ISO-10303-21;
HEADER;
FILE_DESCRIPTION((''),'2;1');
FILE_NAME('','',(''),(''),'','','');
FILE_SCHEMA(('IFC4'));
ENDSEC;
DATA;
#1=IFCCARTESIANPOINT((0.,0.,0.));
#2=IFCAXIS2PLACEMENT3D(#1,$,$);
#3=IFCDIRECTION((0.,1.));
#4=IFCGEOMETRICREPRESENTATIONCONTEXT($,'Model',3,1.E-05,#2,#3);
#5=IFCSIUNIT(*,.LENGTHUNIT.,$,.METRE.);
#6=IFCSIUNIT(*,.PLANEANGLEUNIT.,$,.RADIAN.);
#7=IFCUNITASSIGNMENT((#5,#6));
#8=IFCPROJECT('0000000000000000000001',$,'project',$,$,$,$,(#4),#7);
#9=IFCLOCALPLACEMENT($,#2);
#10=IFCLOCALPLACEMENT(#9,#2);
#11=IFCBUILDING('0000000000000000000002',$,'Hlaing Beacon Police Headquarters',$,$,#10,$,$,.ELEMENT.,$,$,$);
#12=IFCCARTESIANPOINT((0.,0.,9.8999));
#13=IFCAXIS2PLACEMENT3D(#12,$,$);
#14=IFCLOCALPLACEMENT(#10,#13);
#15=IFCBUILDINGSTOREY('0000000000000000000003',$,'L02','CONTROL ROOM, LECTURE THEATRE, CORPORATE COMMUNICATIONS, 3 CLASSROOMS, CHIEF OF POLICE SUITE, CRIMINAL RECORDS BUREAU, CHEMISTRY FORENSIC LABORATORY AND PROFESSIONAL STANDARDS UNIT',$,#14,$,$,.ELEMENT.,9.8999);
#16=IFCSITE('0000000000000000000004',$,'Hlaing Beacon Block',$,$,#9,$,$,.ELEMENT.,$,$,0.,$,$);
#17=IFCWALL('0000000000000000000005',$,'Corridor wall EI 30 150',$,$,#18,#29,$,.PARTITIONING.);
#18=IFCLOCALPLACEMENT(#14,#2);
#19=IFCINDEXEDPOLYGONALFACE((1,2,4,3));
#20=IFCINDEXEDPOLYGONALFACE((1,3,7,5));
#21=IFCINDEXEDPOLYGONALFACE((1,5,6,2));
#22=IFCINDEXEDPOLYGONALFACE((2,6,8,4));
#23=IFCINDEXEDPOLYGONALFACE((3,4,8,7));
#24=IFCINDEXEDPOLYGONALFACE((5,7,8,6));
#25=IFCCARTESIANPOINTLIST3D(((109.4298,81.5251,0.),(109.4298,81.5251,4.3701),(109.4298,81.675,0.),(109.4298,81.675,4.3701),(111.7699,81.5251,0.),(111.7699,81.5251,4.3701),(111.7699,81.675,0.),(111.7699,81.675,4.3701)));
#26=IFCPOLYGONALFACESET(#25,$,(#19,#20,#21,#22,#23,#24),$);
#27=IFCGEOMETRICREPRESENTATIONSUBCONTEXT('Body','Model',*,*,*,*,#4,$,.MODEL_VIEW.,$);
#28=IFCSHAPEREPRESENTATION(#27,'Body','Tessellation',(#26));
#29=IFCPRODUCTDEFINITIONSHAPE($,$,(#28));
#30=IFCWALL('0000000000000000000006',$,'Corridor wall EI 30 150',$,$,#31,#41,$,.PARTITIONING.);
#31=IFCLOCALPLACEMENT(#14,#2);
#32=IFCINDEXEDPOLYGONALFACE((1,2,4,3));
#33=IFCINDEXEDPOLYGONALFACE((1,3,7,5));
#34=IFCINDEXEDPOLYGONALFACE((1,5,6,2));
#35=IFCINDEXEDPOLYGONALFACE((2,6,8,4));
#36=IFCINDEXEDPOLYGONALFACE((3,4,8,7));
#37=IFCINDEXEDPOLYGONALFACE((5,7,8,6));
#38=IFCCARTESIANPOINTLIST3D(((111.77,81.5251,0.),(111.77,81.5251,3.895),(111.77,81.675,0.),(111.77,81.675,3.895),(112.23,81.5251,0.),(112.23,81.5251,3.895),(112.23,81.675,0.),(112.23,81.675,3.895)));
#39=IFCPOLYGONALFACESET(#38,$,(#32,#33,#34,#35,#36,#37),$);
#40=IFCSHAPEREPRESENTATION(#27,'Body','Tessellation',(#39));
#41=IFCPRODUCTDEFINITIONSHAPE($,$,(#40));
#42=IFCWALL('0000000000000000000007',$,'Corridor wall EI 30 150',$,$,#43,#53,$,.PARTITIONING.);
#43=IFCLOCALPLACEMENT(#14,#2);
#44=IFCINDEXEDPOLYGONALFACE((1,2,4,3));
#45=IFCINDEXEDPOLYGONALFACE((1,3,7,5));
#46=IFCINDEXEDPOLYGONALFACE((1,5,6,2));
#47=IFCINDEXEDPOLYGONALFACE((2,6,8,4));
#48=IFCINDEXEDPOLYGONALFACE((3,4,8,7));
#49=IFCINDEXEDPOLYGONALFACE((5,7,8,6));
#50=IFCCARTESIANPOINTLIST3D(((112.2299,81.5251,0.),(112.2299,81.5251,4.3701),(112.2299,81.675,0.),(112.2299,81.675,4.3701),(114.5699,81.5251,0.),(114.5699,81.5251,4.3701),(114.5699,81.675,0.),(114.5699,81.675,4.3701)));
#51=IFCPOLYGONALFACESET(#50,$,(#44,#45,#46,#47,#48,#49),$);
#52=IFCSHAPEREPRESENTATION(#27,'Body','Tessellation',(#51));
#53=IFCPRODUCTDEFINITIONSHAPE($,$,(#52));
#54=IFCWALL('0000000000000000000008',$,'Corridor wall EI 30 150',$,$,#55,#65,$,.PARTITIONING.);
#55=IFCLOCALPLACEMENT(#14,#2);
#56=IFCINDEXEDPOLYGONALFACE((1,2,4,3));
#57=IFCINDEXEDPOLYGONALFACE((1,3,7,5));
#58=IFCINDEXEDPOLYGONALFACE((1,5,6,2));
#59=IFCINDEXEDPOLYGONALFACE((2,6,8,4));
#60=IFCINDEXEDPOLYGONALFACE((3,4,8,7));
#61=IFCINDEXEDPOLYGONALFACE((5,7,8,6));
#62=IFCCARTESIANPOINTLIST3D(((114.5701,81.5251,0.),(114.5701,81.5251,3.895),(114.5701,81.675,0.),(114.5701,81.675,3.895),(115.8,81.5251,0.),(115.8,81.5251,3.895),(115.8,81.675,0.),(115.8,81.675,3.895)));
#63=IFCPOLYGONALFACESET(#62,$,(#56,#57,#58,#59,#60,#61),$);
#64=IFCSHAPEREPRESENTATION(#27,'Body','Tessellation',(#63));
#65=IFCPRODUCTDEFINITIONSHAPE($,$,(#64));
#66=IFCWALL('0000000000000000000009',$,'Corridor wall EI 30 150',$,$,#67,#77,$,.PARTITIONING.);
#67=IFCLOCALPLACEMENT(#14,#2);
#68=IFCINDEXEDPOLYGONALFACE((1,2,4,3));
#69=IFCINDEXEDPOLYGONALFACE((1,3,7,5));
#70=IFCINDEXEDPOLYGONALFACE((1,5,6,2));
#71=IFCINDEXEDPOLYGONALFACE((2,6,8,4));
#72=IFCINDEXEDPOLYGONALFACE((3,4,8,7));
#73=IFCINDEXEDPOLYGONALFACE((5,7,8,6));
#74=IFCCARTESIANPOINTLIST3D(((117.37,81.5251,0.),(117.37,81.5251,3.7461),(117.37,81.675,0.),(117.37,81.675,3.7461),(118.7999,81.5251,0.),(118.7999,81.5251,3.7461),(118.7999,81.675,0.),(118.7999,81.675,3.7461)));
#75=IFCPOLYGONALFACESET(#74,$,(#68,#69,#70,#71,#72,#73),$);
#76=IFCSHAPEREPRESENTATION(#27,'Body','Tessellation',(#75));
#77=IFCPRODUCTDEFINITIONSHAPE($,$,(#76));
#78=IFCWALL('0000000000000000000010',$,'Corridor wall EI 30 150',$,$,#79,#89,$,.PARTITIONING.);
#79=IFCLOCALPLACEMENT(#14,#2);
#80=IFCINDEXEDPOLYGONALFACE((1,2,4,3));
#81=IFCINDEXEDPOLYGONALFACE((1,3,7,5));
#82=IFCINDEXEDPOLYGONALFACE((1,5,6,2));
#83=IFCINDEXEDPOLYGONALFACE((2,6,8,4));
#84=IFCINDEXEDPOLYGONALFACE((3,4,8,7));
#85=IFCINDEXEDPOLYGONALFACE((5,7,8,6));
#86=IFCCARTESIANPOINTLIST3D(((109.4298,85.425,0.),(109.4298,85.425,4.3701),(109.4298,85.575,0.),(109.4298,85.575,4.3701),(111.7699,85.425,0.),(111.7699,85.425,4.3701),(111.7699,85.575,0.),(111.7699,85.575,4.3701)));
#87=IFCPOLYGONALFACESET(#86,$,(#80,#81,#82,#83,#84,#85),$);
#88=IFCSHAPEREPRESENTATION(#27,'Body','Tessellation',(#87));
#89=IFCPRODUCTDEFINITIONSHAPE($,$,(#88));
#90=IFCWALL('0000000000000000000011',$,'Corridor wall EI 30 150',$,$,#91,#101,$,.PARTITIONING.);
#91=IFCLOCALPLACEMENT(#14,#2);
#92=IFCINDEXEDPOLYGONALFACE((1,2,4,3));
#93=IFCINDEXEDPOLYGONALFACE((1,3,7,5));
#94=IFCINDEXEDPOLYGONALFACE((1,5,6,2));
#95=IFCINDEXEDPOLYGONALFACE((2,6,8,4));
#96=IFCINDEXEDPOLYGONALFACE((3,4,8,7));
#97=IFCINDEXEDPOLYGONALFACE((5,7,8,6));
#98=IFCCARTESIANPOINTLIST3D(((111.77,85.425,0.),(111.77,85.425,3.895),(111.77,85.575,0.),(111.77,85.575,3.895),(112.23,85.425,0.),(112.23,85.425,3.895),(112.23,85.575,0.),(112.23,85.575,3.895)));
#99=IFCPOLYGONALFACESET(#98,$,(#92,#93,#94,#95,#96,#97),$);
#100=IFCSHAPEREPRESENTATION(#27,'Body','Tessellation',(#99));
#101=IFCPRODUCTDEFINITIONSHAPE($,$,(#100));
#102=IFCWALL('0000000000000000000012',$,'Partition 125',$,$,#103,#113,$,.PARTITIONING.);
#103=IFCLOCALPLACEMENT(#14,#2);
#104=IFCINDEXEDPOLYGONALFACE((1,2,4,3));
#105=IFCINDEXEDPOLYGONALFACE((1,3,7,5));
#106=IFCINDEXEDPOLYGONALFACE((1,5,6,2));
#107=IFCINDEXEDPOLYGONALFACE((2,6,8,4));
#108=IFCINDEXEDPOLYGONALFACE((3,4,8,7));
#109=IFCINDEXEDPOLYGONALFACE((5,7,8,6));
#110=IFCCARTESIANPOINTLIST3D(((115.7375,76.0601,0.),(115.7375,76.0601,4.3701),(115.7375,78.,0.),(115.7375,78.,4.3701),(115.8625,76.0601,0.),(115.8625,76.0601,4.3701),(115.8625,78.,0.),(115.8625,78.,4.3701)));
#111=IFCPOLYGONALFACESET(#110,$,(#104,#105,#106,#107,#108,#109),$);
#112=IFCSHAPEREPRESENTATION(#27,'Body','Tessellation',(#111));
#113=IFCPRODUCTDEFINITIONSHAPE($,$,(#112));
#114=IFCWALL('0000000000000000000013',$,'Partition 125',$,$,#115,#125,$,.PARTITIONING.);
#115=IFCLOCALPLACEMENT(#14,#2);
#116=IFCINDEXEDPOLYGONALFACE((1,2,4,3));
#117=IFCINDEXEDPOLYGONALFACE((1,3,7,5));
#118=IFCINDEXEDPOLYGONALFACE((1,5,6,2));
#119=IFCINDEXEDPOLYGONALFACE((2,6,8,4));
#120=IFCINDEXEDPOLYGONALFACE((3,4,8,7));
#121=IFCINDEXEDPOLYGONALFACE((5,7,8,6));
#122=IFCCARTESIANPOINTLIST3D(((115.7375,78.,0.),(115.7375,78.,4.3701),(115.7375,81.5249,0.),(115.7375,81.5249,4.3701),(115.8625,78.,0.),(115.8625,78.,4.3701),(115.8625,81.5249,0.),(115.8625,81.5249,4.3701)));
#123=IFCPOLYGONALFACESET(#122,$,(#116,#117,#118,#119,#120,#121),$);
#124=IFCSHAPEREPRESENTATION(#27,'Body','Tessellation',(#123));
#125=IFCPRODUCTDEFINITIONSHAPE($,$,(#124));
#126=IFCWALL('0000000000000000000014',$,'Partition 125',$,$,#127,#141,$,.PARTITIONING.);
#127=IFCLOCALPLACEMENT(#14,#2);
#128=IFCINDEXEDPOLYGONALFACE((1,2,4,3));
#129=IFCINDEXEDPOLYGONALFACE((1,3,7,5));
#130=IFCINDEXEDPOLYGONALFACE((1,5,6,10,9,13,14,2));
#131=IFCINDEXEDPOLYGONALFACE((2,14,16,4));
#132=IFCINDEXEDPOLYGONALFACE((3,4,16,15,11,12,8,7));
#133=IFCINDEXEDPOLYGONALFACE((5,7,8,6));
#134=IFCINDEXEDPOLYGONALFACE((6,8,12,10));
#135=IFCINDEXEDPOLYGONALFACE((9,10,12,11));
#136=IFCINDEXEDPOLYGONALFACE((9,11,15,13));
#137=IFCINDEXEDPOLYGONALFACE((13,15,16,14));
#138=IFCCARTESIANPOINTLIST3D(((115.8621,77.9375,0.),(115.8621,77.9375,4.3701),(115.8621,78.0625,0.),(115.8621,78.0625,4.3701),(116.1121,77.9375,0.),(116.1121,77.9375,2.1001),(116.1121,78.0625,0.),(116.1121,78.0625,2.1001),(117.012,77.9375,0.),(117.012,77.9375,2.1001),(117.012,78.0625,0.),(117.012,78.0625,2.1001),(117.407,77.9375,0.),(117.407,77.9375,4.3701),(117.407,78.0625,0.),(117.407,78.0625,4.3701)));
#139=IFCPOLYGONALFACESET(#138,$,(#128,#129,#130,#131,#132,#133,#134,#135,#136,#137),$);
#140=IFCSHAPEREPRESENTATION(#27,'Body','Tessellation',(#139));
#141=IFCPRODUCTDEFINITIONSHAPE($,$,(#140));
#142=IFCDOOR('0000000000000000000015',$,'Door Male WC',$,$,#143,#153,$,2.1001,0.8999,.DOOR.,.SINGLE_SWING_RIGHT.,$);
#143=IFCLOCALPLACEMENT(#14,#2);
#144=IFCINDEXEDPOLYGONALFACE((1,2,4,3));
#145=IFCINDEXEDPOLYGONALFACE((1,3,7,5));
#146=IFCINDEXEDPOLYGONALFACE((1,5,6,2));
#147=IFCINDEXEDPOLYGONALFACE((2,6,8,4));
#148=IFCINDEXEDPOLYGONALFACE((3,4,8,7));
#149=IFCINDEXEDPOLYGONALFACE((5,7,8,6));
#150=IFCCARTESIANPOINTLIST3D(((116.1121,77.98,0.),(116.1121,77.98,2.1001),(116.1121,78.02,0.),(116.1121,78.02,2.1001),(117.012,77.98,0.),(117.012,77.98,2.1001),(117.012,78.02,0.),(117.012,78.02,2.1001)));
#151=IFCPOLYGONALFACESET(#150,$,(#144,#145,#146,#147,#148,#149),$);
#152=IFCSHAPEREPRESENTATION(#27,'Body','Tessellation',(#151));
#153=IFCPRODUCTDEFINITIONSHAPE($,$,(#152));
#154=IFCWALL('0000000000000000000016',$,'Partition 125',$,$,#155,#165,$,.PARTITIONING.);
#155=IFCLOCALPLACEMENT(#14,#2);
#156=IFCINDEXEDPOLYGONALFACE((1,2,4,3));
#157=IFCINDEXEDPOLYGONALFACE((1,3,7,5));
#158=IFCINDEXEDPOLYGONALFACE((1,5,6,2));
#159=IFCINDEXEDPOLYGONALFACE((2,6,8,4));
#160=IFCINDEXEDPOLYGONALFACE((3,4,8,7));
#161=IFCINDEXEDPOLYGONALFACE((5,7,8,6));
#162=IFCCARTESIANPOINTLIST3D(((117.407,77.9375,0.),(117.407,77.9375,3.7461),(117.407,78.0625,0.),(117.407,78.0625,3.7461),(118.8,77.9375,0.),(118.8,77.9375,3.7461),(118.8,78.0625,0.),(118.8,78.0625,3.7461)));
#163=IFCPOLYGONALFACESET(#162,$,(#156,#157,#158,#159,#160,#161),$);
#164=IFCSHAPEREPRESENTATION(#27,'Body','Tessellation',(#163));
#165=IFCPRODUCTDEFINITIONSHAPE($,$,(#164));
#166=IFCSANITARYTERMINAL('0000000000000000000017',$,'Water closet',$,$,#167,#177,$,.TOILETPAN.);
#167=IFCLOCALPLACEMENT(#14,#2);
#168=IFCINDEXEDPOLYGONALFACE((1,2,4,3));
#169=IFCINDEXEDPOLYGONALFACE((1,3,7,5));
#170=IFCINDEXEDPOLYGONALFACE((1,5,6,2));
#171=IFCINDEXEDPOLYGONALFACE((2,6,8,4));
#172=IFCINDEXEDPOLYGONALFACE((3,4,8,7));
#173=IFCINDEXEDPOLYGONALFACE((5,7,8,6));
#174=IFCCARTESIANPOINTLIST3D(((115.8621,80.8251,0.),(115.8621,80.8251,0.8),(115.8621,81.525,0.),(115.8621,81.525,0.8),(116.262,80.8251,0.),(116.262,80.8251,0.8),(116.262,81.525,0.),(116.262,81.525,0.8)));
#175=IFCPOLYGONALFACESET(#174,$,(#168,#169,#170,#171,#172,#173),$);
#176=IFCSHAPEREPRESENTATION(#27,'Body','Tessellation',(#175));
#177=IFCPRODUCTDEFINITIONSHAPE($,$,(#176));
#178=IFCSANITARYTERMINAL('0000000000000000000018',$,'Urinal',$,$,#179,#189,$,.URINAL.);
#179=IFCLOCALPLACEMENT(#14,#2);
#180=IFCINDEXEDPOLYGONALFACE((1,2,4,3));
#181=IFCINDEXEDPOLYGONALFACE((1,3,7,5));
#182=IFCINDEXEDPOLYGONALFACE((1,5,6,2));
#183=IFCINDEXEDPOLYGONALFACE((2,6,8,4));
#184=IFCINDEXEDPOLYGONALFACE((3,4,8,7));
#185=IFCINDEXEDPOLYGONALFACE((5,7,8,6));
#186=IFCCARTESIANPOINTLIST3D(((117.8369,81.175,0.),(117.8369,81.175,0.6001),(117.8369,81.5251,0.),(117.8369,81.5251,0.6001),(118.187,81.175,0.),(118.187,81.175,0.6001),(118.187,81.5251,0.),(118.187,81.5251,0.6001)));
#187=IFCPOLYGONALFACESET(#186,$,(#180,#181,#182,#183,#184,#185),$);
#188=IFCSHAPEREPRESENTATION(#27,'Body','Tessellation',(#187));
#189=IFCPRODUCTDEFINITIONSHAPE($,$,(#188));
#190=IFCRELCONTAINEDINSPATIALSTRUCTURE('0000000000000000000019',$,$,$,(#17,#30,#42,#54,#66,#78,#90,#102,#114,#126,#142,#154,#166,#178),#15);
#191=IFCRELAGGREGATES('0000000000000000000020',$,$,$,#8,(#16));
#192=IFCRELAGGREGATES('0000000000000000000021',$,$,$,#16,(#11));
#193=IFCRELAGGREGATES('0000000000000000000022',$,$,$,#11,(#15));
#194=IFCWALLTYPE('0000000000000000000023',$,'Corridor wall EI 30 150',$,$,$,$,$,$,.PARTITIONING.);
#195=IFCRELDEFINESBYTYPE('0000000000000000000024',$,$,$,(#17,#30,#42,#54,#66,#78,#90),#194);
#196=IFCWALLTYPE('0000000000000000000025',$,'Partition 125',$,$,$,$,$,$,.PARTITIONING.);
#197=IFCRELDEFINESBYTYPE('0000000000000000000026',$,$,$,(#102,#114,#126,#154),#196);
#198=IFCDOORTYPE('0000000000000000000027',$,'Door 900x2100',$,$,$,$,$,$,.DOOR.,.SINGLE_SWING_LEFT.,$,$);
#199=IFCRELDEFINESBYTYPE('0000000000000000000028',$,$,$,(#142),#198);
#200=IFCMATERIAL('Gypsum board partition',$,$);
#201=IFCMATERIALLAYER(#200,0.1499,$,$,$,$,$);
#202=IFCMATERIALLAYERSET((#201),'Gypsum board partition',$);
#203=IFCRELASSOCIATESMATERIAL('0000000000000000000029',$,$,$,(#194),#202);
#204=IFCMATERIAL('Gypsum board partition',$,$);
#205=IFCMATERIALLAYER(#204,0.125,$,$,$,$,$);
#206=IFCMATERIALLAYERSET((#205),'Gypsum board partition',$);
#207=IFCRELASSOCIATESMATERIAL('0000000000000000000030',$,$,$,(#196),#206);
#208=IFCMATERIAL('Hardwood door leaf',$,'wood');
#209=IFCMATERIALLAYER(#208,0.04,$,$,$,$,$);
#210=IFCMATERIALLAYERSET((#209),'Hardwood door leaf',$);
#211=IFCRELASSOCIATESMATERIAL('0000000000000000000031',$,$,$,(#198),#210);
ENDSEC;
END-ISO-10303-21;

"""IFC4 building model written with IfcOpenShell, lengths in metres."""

from ifc_helpers import new_model, si_unit, direction, frame, frame_2d, origin, origin_2d, place, context, subcontext, project, spatial, rectangle, extrude, material, layer, layer_set, type_object, element, fill, save


model = new_model("IFC4")

# Units and contexts
model_context = context("Model", 3, precision=1e-05, world=origin(), true_north=direction((0.0, 1.0)))
body_context = subcontext(model_context, "Body", "Model", "MODEL_VIEW")
ifc_project = project(units=[si_unit("LENGTHUNIT", "METRE"), si_unit("PLANEANGLEUNIT", "RADIAN")], contexts=[model_context])

# Site, building, storey
site_placement = place(None, origin())
site = spatial("IfcSite", under=ifc_project, at=site_placement, Name="Hlaing Beacon Block", CompositionType="ELEMENT", RefElevation=0.0)
building_placement = place(site_placement, origin())
building = spatial("IfcBuilding", under=site, at=building_placement, Name="Hlaing Beacon Police Headquarters", CompositionType="ELEMENT")
storey_placement = place(building_placement, frame((0.0, 0.0, 9.8999)))
storey = spatial("IfcBuildingStorey", under=building, at=storey_placement, Name="L02", Description="CONTROL ROOM, LECTURE THEATRE, CORPORATE COMMUNICATIONS, 3 CLASSROOMS, CHIEF OF POLICE SUITE, CRIMINAL RECORDS BUREAU, CHEMISTRY FORENSIC LABORATORY AND PROFESSIONAL STANDARDS UNIT", CompositionType="ELEMENT", Elevation=9.8999)

# Walls
ifc_material_1 = material(Name="Gypsum board partition")
ifc_layer_1 = layer(ifc_material_1, 0.1499)
ifc_layer_set_1 = layer_set([ifc_layer_1], Name="Gypsum board partition")
wall_type_1 = type_object("IfcWallType", Name="Corridor wall EI 30 150", PredefinedType="PARTITIONING", material=ifc_layer_set_1)
wall_1_placement = place(storey_placement, frame((109.4299, 81.6001, 0.0), z_axis=(0.0, 0.0, 1.0), x_axis=(1.0, 0.0, 0.0)))
element("IfcWall", 1, at=wall_1_placement, inside=storey, type_object=wall_type_1, Name="Corridor wall EI 30 150", PredefinedType="PARTITIONING", context=body_context, shape_type="SweptSolid", body=[
    extrude(rectangle(XDim=2.3401, YDim=0.1499, at=frame_2d((1.1699, 0.0))), origin(), (0.0, 0.0, 1.0), 4.3701),
])
wall_2_placement = place(storey_placement, frame((111.77, 81.6001, 0.0), z_axis=(0.0, 0.0, 1.0), x_axis=(1.0, 0.0, 0.0)))
element("IfcWall", 2, at=wall_2_placement, inside=storey, type_object=wall_type_1, Name="Corridor wall EI 30 150", PredefinedType="PARTITIONING", context=body_context, shape_type="SweptSolid", body=[
    extrude(rectangle(XDim=0.46, YDim=0.1499, at=frame_2d((0.23, 0.0))), origin(), (0.0, 0.0, 1.0), 3.895),
])
wall_3_placement = place(storey_placement, frame((112.23, 81.6001, 0.0), z_axis=(0.0, 0.0, 1.0), x_axis=(1.0, 0.0, 0.0)))
element("IfcWall", 3, at=wall_3_placement, inside=storey, type_object=wall_type_1, Name="Corridor wall EI 30 150", PredefinedType="PARTITIONING", context=body_context, shape_type="SweptSolid", body=[
    extrude(rectangle(XDim=2.3401, YDim=0.1499, at=frame_2d((1.1699, 0.0))), origin(), (0.0, 0.0, 1.0), 4.3701),
])
wall_4_placement = place(storey_placement, frame((114.5701, 81.6001, 0.0), z_axis=(0.0, 0.0, 1.0), x_axis=(1.0, 0.0, 0.0)))
element("IfcWall", 4, at=wall_4_placement, inside=storey, type_object=wall_type_1, Name="Corridor wall EI 30 150", PredefinedType="PARTITIONING", context=body_context, shape_type="SweptSolid", body=[
    extrude(rectangle(XDim=1.23, YDim=0.1499, at=frame_2d((0.615, 0.0))), origin(), (0.0, 0.0, 1.0), 3.895),
])
wall_5_placement = place(storey_placement, frame((117.3701, 81.6001, 0.0), z_axis=(0.0, 0.0, 1.0), x_axis=(1.0, 0.0, 0.0)))
element("IfcWall", 5, at=wall_5_placement, inside=storey, type_object=wall_type_1, Name="Corridor wall EI 30 150", PredefinedType="PARTITIONING", context=body_context, shape_type="SweptSolid", body=[
    extrude(rectangle(XDim=1.4299, YDim=0.1499, at=frame_2d((0.7148, 0.0))), origin(), (0.0, 0.0, 1.0), 3.7461),
])
wall_6_placement = place(storey_placement, frame((109.4299, 85.5, 0.0), z_axis=(0.0, 0.0, 1.0), x_axis=(1.0, 0.0, 0.0)))
element("IfcWall", 6, at=wall_6_placement, inside=storey, type_object=wall_type_1, Name="Corridor wall EI 30 150", PredefinedType="PARTITIONING", context=body_context, shape_type="SweptSolid", body=[
    extrude(rectangle(XDim=2.3401, YDim=0.1499, at=frame_2d((1.1699, 0.0))), origin(), (0.0, 0.0, 1.0), 4.3701),
])
wall_7_placement = place(storey_placement, frame((111.77, 85.5, 0.0), z_axis=(0.0, 0.0, 1.0), x_axis=(1.0, 0.0, 0.0)))
element("IfcWall", 7, at=wall_7_placement, inside=storey, type_object=wall_type_1, Name="Corridor wall EI 30 150", PredefinedType="PARTITIONING", context=body_context, shape_type="SweptSolid", body=[
    extrude(rectangle(XDim=0.46, YDim=0.1499, at=frame_2d((0.23, 0.0))), origin(), (0.0, 0.0, 1.0), 3.895),
])
ifc_material_2 = material(Name="Gypsum board partition")
ifc_layer_2 = layer(ifc_material_2, 0.125)
ifc_layer_set_2 = layer_set([ifc_layer_2], Name="Gypsum board partition")
wall_type_2 = type_object("IfcWallType", Name="Partition 125", PredefinedType="PARTITIONING", material=ifc_layer_set_2)
wall_8_placement = place(storey_placement, frame((115.8, 76.0601, 0.0), z_axis=(0.0, 0.0, 1.0), x_axis=(0.0, 1.0, 0.0)))
element("IfcWall", 8, at=wall_8_placement, inside=storey, type_object=wall_type_2, Name="Partition 125", PredefinedType="PARTITIONING", context=body_context, shape_type="SweptSolid", body=[
    extrude(rectangle(XDim=1.9399, YDim=0.125, at=frame_2d((0.97, 0.0))), origin(), (0.0, 0.0, 1.0), 4.3701),
])
wall_9_placement = place(storey_placement, frame((115.8, 78.0, 0.0), z_axis=(0.0, 0.0, 1.0), x_axis=(0.0, 1.0, 0.0)))
element("IfcWall", 9, at=wall_9_placement, inside=storey, type_object=wall_type_2, Name="Partition 125", PredefinedType="PARTITIONING", context=body_context, shape_type="SweptSolid", body=[
    extrude(rectangle(XDim=3.5249, YDim=0.125, at=frame_2d((1.7625, 0.0))), origin(), (0.0, 0.0, 1.0), 4.3701),
])

# Wall, opening, door
wall_10_placement = place(storey_placement, frame((115.8621, 78.0, 0.0), z_axis=(0.0, 0.0, 1.0), x_axis=(1.0, 0.0, 0.0)))
wall_10 = element("IfcWall", 10, at=wall_10_placement, inside=storey, type_object=wall_type_2, Name="Partition 125", PredefinedType="PARTITIONING", context=body_context, shape_type="SweptSolid", body=[
    extrude(rectangle(XDim=1.5449, YDim=0.125, at=frame_2d((0.7725, 0.0))), origin(), (0.0, 0.0, 1.0), 4.3701),
])
opening_placement = place(wall_10_placement, frame((0.25, 0.0, 0.0)))
opening = element("IfcOpeningElement", 11, at=opening_placement, cuts=wall_10, PredefinedType="OPENING", context=body_context, shape_type="SweptSolid", body=[
    extrude(rectangle(XDim=0.8999, YDim=2.1001, at=frame_2d((0.45, 1.05))), frame((0.0, 0.0725, 0.0), z_axis=(0.0, -1.0, 0.0), x_axis=(1.0, 0.0, 0.0)), (0.0, 0.0, 1.0), 0.145),
])
ifc_material_3 = material(Name="Hardwood door leaf", Category="wood")
ifc_layer_3 = layer(ifc_material_3, 0.04)
ifc_layer_set_3 = layer_set([ifc_layer_3], Name="Hardwood door leaf")
door_type = type_object("IfcDoorType", Name="Door 900x2100", OperationType="SINGLE_SWING_LEFT", PredefinedType="DOOR", material=ifc_layer_set_3)
door_placement = place(opening_placement, origin())
door = element("IfcDoor", 12, at=door_placement, inside=storey, type_object=door_type, Name="Door Male WC", OperationType="SINGLE_SWING_RIGHT", OverallHeight=2.1001, OverallWidth=0.8999, PredefinedType="DOOR", context=body_context, shape_type="SweptSolid", body=[
    extrude(rectangle(XDim=0.8999, YDim=2.1001, at=frame_2d((0.45, 1.05))), frame((0.0, 0.02, 0.0), z_axis=(0.0, -1.0, 0.0), x_axis=(1.0, 0.0, 0.0)), (0.0, 0.0, 1.0), 0.04),
])
fill(opening, door)

# Wall
wall_11_placement = place(storey_placement, frame((117.407, 78.0, 0.0), z_axis=(0.0, 0.0, 1.0), x_axis=(1.0, 0.0, 0.0)))
element("IfcWall", 13, at=wall_11_placement, inside=storey, type_object=wall_type_2, Name="Partition 125", PredefinedType="PARTITIONING", context=body_context, shape_type="SweptSolid", body=[
    extrude(rectangle(XDim=1.3931, YDim=0.125, at=frame_2d((0.6965, 0.0))), origin(), (0.0, 0.0, 1.0), 3.7461),
])

# Sanitary terminals
sanitary_terminal_1_placement = place(storey_placement, frame((116.062, 81.175, 0.0), z_axis=(0.0, 0.0, 1.0), x_axis=(1.0, 0.0, 0.0)))
element("IfcSanitaryTerminal", 14, at=sanitary_terminal_1_placement, inside=storey, Name="Water closet", PredefinedType="TOILETPAN", context=body_context, shape_type="SweptSolid", body=[
    extrude(rectangle(XDim=0.3999, YDim=0.7, at=origin_2d()), origin(), (0.0, 0.0, 1.0), 0.8),
])
sanitary_terminal_2_placement = place(storey_placement, frame((118.012, 81.3501, 0.0), z_axis=(0.0, 0.0, 1.0), x_axis=(1.0, 0.0, 0.0)))
element("IfcSanitaryTerminal", 15, at=sanitary_terminal_2_placement, inside=storey, Name="Urinal", PredefinedType="URINAL", context=body_context, shape_type="SweptSolid", body=[
    extrude(rectangle(XDim=0.3501, YDim=0.3501, at=origin_2d()), origin(), (0.0, 0.0, 1.0), 0.6001),
])

save(model, "model.ifc")
